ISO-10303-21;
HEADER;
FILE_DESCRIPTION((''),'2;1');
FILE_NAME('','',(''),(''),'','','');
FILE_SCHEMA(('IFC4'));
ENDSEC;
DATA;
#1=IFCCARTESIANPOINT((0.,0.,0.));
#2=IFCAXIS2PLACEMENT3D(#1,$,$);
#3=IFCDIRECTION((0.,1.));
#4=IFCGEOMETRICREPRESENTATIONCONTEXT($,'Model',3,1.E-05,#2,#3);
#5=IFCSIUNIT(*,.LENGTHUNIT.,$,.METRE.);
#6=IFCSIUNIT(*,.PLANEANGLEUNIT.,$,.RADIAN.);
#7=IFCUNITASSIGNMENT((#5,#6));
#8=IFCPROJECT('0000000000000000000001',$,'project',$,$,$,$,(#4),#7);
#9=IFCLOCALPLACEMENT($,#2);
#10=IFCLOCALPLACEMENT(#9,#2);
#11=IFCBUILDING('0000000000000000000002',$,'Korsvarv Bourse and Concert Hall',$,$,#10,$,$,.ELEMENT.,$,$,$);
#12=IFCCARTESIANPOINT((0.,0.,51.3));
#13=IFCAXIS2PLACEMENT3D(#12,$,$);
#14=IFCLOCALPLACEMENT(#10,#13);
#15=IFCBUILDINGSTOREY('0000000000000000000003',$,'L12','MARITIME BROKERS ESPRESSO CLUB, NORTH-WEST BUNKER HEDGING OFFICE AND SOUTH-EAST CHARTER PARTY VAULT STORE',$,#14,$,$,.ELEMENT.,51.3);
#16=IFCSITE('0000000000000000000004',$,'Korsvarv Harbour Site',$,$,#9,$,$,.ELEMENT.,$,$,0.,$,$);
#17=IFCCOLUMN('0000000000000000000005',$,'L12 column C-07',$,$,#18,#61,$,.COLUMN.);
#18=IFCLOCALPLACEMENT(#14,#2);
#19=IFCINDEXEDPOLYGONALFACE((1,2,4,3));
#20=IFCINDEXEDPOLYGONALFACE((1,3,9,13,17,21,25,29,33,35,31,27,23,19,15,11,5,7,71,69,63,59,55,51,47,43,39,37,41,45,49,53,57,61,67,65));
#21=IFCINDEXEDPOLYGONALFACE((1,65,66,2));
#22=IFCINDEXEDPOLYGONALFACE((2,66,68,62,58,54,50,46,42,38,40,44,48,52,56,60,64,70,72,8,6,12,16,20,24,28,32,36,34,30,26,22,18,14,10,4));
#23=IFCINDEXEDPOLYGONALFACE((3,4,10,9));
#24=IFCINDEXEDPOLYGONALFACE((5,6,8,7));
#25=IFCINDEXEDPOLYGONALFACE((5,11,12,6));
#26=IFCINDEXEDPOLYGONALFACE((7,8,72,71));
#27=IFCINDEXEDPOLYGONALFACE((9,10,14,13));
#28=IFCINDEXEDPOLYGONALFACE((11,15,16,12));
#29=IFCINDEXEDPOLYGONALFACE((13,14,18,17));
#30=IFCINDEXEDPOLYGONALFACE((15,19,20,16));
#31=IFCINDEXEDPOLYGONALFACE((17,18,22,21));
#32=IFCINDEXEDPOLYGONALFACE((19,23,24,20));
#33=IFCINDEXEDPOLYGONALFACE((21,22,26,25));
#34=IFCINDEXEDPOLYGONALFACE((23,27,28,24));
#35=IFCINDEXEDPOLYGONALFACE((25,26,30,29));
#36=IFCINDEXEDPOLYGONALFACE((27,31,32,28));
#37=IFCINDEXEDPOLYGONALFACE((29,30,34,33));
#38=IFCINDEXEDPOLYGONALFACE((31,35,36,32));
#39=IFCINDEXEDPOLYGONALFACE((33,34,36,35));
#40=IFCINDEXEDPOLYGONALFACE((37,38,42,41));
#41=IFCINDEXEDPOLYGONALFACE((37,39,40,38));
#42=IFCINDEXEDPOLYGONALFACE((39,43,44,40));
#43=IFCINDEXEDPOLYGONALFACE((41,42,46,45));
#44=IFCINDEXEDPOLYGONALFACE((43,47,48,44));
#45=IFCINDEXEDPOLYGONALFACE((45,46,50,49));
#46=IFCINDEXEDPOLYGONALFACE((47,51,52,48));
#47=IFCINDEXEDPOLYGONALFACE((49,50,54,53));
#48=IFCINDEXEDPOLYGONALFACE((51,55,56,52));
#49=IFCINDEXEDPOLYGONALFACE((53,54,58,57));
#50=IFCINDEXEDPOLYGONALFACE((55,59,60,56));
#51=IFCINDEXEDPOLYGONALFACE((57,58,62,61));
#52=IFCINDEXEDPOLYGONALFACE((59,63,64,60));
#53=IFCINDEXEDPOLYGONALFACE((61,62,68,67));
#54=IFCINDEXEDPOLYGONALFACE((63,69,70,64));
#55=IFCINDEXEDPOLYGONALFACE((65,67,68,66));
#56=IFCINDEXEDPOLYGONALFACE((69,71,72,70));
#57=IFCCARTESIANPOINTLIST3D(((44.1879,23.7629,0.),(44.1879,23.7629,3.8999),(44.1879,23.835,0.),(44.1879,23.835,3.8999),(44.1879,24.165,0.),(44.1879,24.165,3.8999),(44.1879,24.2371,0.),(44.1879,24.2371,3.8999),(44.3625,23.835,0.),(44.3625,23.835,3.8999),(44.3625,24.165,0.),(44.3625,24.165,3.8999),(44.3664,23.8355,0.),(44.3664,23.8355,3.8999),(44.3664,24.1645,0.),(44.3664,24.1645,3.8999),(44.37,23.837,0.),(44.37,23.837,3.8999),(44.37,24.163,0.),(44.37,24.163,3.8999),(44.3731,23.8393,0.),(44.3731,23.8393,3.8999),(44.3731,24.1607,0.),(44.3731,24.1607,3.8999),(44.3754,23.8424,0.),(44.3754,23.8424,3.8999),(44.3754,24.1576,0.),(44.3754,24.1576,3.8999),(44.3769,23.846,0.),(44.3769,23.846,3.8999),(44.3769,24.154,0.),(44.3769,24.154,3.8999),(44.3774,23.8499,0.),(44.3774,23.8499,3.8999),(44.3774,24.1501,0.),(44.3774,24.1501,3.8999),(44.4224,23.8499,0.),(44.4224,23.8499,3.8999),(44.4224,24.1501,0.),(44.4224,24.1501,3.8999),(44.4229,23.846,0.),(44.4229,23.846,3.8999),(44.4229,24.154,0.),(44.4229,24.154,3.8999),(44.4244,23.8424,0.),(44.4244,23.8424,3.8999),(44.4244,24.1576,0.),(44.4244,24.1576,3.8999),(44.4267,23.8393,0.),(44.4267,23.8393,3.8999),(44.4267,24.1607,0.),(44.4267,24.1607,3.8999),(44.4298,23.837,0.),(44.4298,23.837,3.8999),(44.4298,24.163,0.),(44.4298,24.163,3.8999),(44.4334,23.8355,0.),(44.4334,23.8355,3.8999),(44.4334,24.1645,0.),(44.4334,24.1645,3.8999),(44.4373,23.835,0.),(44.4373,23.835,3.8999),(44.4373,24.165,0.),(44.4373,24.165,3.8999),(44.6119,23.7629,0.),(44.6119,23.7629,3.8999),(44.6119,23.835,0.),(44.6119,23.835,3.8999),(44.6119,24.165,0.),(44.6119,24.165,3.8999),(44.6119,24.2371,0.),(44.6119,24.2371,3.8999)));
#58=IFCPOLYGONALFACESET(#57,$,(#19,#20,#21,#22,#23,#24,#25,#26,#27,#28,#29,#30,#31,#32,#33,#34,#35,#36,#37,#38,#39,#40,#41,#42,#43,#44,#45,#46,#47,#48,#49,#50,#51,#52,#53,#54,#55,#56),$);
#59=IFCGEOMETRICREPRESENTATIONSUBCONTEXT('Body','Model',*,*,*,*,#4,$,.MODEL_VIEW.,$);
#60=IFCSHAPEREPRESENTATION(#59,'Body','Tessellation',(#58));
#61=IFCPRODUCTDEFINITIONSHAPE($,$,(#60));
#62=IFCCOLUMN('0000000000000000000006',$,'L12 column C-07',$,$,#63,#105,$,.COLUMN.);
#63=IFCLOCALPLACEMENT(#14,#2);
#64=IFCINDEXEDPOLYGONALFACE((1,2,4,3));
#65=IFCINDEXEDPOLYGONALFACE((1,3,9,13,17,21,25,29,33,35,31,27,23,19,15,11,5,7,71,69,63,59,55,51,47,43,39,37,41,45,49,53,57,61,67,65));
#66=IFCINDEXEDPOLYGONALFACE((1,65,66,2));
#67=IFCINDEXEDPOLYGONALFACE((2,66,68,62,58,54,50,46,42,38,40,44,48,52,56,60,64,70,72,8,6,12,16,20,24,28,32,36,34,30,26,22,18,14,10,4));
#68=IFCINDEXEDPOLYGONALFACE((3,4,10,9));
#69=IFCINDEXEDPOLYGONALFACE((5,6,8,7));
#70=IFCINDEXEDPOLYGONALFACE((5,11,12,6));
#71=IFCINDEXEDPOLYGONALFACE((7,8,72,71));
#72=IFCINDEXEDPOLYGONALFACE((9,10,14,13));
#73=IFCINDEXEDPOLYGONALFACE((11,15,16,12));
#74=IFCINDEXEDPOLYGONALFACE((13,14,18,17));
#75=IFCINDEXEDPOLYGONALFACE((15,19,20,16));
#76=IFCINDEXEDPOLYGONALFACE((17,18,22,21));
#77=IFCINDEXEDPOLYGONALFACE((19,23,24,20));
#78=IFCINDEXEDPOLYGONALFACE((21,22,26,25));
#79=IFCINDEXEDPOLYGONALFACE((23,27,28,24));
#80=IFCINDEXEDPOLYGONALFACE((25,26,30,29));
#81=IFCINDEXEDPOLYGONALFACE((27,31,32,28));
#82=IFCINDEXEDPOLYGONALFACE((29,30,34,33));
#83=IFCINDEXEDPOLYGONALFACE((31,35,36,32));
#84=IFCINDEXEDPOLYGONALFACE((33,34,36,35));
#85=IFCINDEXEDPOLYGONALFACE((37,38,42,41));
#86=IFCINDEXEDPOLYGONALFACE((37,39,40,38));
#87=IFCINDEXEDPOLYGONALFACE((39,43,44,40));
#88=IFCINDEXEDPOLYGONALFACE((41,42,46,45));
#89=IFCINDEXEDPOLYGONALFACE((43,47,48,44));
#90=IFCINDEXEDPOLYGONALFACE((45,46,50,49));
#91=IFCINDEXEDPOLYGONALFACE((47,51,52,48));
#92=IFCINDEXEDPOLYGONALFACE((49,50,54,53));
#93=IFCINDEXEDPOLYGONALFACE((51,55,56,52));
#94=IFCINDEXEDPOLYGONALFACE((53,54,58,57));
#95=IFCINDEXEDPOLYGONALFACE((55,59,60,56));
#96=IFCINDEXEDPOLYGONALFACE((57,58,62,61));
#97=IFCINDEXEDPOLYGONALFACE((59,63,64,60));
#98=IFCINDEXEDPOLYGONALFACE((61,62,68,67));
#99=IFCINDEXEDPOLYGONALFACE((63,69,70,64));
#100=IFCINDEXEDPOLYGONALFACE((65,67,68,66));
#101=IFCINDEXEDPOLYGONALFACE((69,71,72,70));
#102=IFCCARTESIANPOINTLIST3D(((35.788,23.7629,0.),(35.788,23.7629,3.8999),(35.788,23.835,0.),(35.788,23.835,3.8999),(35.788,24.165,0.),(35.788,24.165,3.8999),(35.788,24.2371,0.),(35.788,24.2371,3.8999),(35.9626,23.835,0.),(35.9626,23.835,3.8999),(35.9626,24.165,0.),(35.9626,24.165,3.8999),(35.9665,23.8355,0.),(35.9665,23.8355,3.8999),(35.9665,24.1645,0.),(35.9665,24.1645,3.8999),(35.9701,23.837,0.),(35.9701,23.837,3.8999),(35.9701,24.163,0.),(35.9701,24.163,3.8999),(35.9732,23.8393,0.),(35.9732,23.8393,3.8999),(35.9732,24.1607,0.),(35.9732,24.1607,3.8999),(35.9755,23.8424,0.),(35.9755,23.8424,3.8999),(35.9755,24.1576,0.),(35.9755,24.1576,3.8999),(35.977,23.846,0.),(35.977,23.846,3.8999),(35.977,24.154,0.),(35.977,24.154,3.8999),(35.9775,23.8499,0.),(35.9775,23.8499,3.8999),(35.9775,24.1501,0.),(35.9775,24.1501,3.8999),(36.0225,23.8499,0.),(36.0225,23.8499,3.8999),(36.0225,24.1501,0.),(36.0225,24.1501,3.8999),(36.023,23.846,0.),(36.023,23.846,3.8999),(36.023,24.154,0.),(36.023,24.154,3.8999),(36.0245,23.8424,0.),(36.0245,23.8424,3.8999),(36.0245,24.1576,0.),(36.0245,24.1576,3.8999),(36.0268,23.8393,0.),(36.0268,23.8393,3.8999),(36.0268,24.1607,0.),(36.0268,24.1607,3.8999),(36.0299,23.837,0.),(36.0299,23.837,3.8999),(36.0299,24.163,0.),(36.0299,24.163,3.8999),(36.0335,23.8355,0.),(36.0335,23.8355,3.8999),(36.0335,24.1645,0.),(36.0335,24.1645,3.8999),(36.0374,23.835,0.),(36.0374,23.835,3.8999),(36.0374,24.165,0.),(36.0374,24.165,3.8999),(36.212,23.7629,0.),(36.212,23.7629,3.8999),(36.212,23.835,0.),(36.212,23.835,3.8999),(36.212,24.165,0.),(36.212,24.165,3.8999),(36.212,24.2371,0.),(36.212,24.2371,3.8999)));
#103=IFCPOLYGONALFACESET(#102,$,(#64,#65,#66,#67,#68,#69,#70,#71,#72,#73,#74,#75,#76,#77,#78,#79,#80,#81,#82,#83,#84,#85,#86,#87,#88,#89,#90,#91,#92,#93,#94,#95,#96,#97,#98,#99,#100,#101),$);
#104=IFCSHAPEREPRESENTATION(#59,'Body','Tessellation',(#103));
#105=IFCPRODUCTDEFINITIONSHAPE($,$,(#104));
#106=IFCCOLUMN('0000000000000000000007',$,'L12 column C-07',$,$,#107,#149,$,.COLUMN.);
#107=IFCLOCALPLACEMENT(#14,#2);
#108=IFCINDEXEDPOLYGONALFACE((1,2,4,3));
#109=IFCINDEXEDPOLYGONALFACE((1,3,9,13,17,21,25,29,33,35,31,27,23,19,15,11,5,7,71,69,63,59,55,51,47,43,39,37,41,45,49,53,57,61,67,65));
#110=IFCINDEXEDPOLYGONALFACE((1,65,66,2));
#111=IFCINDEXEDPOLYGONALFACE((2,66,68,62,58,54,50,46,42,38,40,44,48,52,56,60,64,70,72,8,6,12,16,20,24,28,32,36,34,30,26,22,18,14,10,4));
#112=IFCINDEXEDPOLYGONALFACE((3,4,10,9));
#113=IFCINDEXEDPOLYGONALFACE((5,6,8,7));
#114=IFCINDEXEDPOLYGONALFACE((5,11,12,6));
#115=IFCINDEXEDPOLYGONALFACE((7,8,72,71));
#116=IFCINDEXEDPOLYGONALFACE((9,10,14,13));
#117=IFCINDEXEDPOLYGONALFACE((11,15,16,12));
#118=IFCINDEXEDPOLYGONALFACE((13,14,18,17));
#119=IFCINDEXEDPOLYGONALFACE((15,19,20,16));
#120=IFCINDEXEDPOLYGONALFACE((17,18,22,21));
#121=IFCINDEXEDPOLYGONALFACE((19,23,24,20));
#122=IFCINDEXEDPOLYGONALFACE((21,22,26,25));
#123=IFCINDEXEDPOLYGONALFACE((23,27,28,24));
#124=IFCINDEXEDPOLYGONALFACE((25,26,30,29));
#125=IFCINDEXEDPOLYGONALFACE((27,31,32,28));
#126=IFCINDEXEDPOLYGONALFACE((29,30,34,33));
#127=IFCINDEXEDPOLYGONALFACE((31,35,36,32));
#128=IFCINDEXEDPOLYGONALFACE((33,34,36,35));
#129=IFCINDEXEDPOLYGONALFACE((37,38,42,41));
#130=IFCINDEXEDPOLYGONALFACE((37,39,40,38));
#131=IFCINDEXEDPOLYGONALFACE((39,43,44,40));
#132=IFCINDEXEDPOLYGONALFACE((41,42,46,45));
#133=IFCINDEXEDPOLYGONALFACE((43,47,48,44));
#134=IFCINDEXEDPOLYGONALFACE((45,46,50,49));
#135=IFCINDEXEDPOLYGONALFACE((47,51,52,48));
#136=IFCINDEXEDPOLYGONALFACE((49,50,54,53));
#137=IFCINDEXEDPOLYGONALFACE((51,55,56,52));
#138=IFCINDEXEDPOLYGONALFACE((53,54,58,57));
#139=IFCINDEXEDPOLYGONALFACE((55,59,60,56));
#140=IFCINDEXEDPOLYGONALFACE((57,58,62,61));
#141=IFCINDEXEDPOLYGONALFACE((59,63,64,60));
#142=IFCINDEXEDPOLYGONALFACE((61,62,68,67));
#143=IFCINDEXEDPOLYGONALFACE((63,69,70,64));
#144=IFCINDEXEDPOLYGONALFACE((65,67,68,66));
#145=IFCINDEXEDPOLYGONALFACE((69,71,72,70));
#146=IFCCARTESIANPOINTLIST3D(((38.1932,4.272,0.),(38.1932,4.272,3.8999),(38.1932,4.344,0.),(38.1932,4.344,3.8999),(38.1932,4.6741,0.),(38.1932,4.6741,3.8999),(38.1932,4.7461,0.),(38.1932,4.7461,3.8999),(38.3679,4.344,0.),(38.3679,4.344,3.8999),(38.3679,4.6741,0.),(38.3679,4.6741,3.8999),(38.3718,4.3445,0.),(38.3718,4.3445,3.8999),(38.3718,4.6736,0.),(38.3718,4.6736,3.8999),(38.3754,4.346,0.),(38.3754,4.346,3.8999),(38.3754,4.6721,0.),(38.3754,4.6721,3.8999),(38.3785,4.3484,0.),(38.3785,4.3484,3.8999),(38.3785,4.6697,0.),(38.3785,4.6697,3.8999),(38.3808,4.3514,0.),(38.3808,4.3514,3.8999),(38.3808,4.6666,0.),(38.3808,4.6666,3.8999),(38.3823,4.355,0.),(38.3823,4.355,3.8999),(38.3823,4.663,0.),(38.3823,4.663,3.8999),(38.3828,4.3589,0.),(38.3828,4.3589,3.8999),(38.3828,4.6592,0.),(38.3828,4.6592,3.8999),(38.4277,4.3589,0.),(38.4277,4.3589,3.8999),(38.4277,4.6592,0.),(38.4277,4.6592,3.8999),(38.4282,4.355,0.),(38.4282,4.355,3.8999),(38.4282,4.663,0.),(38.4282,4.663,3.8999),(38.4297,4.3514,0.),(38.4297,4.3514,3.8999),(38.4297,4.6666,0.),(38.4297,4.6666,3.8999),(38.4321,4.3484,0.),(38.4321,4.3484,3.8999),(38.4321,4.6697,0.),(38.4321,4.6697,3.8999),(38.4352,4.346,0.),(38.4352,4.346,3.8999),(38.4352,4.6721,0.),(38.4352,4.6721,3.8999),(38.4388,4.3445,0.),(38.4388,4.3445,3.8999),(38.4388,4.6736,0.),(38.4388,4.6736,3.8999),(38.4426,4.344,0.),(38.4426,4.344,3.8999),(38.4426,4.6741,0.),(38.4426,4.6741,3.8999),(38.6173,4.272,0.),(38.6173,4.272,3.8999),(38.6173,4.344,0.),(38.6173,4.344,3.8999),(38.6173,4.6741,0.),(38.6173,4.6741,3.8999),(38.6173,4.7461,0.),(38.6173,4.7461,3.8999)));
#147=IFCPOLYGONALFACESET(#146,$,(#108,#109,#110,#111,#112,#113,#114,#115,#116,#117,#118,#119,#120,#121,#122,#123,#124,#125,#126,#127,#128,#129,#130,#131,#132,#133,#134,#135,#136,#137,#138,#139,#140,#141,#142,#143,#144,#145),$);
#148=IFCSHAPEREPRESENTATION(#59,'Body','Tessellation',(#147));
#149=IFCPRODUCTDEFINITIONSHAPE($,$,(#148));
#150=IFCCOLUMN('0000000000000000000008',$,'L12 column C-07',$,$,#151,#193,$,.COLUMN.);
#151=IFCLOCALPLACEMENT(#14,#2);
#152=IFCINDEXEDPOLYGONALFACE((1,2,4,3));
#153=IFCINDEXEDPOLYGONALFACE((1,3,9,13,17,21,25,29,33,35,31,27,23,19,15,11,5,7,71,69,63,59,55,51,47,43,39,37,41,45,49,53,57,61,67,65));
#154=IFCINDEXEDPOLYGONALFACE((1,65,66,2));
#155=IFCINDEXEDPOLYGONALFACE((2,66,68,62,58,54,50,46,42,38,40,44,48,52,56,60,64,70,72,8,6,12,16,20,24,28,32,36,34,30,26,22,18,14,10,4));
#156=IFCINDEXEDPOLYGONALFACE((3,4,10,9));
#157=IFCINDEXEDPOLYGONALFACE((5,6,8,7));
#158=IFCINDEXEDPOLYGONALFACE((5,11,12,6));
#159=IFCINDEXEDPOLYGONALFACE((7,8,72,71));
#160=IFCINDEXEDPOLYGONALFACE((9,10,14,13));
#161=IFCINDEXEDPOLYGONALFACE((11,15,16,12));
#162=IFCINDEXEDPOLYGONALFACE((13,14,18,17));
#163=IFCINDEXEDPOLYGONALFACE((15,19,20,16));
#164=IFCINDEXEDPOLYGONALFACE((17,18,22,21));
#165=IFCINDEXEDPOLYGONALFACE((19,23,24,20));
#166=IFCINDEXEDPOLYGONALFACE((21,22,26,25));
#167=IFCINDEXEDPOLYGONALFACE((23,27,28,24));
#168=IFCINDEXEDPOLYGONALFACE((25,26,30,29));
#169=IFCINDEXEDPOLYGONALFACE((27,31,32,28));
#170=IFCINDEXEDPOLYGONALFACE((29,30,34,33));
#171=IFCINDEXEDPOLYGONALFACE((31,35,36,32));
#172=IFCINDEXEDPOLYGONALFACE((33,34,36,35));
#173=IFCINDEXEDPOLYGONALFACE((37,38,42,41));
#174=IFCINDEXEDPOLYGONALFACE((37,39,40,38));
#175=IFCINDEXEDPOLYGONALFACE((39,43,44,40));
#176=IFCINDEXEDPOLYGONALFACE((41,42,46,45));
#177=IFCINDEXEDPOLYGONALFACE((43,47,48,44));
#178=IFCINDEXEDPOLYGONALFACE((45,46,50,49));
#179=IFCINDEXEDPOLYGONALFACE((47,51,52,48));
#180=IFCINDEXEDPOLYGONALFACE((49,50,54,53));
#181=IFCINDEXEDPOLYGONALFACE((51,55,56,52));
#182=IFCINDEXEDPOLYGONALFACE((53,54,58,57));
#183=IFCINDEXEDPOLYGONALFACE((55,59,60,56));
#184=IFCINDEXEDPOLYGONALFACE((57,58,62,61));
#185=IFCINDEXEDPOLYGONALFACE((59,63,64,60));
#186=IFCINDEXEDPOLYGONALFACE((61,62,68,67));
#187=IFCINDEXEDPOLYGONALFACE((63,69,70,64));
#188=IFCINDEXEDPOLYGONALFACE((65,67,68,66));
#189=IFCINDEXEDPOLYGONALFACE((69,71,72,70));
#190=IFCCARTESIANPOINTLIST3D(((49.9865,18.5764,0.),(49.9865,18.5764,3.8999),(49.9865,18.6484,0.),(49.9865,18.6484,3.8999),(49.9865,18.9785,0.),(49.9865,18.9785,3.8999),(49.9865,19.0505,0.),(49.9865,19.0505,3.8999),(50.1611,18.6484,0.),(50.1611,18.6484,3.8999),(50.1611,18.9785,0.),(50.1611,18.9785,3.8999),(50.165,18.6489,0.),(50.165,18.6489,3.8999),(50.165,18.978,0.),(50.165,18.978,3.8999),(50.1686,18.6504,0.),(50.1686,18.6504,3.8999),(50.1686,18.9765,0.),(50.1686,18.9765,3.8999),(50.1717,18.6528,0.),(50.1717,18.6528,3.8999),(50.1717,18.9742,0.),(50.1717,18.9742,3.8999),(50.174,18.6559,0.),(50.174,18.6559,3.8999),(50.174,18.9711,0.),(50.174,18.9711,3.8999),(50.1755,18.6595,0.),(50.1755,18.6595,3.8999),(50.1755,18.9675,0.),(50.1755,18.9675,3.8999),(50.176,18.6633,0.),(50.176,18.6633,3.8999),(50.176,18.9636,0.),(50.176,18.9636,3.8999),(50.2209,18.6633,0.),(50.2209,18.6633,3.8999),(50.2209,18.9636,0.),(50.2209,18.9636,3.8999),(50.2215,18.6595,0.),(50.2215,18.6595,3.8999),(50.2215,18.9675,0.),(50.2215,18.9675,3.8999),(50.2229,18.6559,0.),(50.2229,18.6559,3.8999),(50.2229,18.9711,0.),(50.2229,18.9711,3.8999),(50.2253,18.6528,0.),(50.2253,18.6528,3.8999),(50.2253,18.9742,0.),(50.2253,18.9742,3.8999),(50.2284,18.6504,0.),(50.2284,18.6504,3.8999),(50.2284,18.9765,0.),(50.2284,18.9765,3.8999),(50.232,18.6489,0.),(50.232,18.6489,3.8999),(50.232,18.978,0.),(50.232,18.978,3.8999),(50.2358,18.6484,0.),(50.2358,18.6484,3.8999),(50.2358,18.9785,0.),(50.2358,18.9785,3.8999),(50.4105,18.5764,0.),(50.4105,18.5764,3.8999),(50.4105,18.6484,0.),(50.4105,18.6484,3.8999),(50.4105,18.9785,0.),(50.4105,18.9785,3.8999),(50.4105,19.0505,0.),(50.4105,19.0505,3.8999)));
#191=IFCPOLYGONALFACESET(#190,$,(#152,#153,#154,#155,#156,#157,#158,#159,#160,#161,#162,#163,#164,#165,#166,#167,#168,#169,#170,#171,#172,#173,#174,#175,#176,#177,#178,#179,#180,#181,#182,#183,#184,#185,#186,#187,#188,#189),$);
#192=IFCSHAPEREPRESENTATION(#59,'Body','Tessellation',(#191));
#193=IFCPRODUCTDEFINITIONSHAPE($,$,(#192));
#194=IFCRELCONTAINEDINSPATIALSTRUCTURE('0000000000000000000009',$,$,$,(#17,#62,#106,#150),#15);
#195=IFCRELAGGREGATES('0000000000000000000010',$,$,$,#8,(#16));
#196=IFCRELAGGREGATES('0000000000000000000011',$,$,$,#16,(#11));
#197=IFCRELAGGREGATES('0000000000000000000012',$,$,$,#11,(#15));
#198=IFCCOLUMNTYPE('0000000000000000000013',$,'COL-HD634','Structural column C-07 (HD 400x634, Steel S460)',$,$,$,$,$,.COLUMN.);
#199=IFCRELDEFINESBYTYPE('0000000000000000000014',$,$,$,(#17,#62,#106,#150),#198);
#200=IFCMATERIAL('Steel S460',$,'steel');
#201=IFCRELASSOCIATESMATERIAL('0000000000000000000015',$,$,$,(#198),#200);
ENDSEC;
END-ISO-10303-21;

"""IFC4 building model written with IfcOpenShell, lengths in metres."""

from ifc_helpers import new_model, si_unit, direction, frame, origin, origin_2d, place, context, subcontext, project, spatial, i_section, extrude, source, transform, mapped, material, material_profile, profile_set, type_object, element, save


model = new_model("IFC4")

# Units and contexts
model_context = context("Model", 3, precision=1e-05, world=origin(), true_north=direction((0.0, 1.0)))
body_context = subcontext(model_context, "Body", "Model", "MODEL_VIEW")
ifc_project = project(units=[si_unit("LENGTHUNIT", "METRE"), si_unit("PLANEANGLEUNIT", "RADIAN")], contexts=[model_context])

# Site, building, storey
site_placement = place(None, origin())
site = spatial("IfcSite", under=ifc_project, at=site_placement, Name="Korsvarv Harbour Site", CompositionType="ELEMENT", RefElevation=0.0)
building_placement = place(site_placement, origin())
building = spatial("IfcBuilding", under=site, at=building_placement, Name="Korsvarv Bourse and Concert Hall", CompositionType="ELEMENT")
storey_placement = place(building_placement, frame((0.0, 0.0, 51.3)))
storey = spatial("IfcBuildingStorey", under=building, at=storey_placement, Name="L12", Description="MARITIME BROKERS ESPRESSO CLUB, NORTH-WEST BUNKER HEDGING OFFICE AND SOUTH-EAST CHARTER PARTY VAULT STORE", CompositionType="ELEMENT", Elevation=51.3)

# Columns
ifc_material_1 = material(Name="Steel S460", Category="steel")
ifc_material_profile_1 = material_profile(ifc_material_1, i_section(OverallWidth=0.4241, OverallDepth=0.4741, WebThickness=0.0449, FlangeThickness=0.072, FilletRadius=0.0149, at=origin_2d()), Name="HD 400x634")
ifc_profile_set_1 = profile_set([ifc_material_profile_1], Name="Steel S460")
column_type = type_object("IfcColumnType", Name="COL-HD634", Description="Structural column C-07 (HD 400x634, Steel S460)", PredefinedType="COLUMN", material=ifc_profile_set_1)
shared_shape_1 = source(origin(), body_context, "Body", "SweptSolid", [
    extrude(i_section(OverallWidth=0.4241, OverallDepth=0.4741, WebThickness=0.0449, FlangeThickness=0.072, FilletRadius=0.0149, at=origin_2d()), origin(), (0.0, 0.0, 1.0), 3.8999),
])
for number, where, z_axis, x_axis, name in (
    (1, (44.3999, 24.0, 0.0), (0.0, 0.0, 1.0), (1.0, 0.0, 0.0), "L12 column C-07"),
    (2, (36.0, 24.0, 0.0), (0.0, 0.0, 1.0), (1.0, 0.0, 0.0), "L12 column C-07"),
    (3, (38.4053, 4.509, 0.0), (0.0, 0.0, 1.0), (1.0, 0.0, 0.0), "L12 column C-07"),
    (4, (50.1985, 18.8135, 0.0), (0.0, 0.0, 1.0), (1.0, 0.0, 0.0), "L12 column C-07"),
):
    element("IfcColumn", number, at=place(storey_placement, frame(where, z_axis=z_axis, x_axis=x_axis)), inside=storey, type_object=column_type, Name=name, PredefinedType="COLUMN", context=body_context, shape_type="MappedRepresentation", body=[
        mapped(shared_shape_1, transform((0.0, 0.0, 0.0), scale=1.0)),
    ])

save(model, "model.ifc")
